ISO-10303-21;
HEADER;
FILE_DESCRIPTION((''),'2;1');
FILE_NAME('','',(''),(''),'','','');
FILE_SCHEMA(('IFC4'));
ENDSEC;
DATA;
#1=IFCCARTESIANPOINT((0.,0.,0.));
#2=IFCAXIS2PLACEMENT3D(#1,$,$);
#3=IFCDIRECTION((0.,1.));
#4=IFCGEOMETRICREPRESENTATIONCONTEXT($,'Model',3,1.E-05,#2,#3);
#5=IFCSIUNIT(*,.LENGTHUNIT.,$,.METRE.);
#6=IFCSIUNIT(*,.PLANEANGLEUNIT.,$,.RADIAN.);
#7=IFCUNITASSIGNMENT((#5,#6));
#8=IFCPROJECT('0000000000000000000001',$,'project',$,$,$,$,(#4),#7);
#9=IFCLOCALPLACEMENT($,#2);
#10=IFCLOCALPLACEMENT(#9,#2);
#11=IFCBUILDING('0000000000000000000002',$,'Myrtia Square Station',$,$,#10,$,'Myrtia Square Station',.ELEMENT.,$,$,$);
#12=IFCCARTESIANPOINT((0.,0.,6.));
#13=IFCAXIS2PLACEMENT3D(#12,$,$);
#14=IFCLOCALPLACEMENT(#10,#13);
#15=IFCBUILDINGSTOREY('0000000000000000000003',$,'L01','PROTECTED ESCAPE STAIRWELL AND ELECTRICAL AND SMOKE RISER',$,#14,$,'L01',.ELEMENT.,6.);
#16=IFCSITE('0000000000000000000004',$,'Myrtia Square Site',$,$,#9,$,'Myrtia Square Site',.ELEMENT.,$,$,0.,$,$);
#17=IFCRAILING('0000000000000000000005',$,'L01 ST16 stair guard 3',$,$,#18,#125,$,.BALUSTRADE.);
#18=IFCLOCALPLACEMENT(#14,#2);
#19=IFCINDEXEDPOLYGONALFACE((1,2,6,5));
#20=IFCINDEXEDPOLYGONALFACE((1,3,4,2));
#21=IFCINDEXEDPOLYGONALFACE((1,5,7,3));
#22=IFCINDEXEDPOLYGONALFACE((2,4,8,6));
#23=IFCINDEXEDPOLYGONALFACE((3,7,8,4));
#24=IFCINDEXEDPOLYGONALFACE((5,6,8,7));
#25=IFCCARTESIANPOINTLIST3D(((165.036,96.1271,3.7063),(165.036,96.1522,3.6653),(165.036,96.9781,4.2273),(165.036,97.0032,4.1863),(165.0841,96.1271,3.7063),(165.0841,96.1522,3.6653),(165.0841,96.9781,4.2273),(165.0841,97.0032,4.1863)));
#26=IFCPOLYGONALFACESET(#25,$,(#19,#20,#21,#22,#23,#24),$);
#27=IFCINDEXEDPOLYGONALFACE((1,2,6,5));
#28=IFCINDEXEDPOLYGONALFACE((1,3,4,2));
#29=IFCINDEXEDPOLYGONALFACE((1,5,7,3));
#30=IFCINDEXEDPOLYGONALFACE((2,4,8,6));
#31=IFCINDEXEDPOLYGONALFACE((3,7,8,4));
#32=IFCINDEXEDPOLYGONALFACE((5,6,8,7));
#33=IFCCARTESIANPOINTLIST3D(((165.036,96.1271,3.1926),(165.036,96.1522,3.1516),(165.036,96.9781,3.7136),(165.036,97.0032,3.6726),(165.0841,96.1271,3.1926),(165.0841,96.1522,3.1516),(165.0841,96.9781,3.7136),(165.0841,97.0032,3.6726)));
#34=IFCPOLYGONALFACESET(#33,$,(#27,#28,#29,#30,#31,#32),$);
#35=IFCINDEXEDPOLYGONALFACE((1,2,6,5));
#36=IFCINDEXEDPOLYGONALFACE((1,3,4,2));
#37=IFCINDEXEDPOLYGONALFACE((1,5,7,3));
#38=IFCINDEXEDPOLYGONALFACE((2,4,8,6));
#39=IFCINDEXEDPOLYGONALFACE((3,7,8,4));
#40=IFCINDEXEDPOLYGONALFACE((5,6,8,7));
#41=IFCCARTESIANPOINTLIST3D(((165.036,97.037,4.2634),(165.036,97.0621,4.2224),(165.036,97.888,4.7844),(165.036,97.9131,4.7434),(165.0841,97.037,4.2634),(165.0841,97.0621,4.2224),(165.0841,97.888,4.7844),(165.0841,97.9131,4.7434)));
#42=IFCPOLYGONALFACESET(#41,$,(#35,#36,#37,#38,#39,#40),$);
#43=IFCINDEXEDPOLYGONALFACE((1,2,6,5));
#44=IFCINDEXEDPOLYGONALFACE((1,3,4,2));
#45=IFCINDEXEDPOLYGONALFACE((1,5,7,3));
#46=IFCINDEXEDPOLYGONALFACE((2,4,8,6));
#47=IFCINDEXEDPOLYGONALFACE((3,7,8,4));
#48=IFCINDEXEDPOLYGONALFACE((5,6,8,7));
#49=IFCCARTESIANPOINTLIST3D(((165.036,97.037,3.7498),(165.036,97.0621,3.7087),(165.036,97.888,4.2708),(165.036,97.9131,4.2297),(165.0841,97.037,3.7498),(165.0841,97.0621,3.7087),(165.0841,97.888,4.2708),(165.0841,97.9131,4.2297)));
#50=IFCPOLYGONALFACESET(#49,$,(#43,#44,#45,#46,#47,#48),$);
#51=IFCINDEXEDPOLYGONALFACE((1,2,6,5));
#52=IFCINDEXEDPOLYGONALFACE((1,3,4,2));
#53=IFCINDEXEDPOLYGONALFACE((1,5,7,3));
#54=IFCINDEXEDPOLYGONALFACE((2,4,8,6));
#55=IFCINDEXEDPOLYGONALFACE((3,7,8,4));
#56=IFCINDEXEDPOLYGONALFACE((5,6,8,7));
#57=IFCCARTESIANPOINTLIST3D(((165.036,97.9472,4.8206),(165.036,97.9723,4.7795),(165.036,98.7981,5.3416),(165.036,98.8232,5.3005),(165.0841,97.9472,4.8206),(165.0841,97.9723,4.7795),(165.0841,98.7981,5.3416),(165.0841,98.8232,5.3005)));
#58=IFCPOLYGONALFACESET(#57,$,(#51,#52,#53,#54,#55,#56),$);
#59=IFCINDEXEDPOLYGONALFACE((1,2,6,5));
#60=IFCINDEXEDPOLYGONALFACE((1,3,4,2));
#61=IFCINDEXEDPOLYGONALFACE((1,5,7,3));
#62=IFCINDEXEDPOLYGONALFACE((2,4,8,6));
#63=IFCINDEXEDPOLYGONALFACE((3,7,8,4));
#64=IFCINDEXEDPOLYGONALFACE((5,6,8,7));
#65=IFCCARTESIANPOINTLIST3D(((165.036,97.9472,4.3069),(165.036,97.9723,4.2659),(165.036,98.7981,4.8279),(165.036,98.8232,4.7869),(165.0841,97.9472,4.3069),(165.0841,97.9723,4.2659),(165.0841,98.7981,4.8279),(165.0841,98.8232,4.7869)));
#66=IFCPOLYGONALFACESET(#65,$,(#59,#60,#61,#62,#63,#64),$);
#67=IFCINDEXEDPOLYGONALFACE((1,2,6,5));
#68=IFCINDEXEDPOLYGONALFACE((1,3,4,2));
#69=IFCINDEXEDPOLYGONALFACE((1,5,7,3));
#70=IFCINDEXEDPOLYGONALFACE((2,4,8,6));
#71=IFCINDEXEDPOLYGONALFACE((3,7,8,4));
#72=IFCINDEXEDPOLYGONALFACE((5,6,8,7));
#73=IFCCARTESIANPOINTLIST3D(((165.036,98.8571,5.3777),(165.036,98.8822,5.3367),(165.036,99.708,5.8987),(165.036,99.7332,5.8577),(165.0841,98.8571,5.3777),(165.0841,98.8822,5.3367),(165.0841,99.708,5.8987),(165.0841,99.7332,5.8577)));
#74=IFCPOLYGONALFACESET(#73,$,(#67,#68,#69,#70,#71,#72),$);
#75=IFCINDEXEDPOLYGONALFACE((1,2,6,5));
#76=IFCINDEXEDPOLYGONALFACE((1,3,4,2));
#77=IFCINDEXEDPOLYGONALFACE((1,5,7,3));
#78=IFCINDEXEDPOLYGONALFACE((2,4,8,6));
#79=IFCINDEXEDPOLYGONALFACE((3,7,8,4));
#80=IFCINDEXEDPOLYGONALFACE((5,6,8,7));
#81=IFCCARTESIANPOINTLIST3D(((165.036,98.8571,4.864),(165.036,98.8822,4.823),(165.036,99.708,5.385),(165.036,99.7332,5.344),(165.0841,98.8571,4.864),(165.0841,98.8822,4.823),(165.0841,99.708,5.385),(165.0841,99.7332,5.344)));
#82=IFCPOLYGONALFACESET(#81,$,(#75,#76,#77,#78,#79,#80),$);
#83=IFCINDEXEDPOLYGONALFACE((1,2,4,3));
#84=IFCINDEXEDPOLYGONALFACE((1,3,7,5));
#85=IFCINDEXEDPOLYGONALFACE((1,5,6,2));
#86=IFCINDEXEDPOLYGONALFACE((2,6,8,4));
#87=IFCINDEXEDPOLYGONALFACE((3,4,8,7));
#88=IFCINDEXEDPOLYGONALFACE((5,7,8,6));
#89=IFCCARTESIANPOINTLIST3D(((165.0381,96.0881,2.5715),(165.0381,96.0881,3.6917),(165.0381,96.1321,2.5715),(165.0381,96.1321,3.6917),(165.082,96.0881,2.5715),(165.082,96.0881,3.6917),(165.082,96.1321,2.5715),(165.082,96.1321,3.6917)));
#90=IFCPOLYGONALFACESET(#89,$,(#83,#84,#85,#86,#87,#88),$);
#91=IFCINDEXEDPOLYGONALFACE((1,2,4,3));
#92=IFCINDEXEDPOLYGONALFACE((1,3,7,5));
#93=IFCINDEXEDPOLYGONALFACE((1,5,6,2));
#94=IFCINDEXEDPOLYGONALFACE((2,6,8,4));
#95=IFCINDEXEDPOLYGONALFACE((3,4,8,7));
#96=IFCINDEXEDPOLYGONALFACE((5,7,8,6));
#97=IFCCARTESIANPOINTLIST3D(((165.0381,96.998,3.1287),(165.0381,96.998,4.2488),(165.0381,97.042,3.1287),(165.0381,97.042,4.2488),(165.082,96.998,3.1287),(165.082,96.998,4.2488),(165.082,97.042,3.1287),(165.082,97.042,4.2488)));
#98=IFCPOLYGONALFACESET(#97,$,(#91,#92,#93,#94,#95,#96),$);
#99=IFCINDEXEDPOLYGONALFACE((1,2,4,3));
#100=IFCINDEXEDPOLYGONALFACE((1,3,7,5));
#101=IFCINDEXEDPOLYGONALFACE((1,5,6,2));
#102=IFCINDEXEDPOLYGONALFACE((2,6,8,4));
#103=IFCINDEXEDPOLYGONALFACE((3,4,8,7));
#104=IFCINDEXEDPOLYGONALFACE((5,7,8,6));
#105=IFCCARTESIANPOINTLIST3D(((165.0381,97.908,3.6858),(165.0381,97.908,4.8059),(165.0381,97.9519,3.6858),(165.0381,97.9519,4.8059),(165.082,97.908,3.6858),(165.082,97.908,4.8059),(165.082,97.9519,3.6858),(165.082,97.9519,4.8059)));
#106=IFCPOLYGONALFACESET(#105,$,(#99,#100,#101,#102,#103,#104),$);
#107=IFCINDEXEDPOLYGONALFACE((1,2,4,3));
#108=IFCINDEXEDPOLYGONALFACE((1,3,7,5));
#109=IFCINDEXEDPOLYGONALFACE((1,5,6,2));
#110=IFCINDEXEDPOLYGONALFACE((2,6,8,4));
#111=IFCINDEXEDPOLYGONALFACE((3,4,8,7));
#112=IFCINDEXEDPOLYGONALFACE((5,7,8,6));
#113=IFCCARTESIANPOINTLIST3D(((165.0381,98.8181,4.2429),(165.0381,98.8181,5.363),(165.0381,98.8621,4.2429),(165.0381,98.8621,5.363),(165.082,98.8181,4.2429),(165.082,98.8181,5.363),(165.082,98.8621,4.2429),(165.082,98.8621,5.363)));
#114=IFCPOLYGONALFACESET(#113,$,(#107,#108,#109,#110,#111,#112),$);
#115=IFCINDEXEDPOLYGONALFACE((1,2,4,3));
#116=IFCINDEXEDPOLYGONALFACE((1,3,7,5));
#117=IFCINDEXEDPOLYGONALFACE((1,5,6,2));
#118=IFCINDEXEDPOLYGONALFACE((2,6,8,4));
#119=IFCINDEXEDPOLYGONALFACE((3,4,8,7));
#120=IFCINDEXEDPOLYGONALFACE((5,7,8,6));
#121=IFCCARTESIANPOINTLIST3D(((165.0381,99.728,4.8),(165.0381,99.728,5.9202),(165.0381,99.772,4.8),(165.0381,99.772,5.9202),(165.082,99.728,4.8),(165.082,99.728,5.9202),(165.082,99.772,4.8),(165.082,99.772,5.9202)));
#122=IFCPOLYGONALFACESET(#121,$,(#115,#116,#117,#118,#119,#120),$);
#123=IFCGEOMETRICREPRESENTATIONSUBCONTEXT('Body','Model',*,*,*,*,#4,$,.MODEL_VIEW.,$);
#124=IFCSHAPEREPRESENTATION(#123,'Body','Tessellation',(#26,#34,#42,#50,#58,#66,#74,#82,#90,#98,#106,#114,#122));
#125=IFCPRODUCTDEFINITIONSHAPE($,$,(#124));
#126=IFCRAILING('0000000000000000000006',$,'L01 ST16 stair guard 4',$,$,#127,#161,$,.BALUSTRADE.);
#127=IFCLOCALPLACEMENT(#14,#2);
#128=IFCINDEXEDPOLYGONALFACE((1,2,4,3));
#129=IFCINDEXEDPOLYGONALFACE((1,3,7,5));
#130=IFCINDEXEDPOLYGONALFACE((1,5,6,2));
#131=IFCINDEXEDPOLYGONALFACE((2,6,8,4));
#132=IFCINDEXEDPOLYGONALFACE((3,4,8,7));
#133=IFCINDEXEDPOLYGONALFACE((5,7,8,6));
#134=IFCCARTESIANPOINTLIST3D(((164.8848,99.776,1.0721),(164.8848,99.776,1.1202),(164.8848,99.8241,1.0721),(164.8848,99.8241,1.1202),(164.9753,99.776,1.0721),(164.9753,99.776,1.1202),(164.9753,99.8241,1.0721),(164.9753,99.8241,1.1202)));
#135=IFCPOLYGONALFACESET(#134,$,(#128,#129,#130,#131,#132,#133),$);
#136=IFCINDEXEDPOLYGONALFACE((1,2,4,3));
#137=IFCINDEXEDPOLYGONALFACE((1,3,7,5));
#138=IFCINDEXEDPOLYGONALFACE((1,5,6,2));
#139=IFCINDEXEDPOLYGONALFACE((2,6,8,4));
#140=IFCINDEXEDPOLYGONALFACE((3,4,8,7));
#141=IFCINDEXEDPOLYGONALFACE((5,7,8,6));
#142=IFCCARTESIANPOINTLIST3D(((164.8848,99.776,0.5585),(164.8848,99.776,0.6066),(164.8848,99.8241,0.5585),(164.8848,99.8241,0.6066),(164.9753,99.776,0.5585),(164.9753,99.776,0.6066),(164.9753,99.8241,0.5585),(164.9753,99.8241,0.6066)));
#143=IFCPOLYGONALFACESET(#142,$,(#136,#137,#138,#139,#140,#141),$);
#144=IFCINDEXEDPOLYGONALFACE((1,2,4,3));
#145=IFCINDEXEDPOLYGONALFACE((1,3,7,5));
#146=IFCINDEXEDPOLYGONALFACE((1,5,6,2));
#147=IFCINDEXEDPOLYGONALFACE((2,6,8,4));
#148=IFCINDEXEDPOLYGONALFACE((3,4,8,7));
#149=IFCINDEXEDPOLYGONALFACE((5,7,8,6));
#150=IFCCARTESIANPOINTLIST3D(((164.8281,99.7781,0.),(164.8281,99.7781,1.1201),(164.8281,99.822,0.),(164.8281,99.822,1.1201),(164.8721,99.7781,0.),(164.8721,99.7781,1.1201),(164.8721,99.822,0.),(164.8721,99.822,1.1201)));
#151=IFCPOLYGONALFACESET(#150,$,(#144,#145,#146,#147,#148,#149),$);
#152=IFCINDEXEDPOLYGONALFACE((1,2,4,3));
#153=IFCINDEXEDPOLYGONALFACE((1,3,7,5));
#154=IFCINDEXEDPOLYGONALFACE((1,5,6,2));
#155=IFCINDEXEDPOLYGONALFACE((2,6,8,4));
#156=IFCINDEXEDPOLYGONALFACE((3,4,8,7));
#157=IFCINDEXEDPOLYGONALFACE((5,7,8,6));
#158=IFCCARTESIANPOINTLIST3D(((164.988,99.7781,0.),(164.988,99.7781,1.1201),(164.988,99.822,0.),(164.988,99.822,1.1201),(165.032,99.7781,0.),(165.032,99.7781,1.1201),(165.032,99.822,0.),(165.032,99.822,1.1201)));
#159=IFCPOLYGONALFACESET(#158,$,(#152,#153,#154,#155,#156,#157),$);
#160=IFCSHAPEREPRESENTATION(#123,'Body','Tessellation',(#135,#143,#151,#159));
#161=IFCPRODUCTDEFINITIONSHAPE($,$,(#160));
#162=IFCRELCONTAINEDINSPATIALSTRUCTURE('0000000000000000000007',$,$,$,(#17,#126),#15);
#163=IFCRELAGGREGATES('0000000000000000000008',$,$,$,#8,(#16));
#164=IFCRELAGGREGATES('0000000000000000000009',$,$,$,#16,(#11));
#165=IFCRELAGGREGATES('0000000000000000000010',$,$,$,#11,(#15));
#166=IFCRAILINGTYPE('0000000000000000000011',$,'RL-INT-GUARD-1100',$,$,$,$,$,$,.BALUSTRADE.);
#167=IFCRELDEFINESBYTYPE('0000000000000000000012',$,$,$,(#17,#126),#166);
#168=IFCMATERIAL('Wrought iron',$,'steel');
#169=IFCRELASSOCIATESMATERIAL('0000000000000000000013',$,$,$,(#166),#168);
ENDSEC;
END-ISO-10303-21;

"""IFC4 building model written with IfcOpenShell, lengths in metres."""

from ifc_helpers import new_model, si_unit, direction, frame, origin, origin_2d, place, context, subcontext, project, spatial, rectangle, extrude, material, type_object, element, save


model = new_model("IFC4")

# Units and contexts
model_context = context("Model", 3, precision=1e-05, world=origin(), true_north=direction((0.0, 1.0)))
body_context = subcontext(model_context, "Body", "Model", "MODEL_VIEW")
ifc_project = project(units=[si_unit("LENGTHUNIT", "METRE"), si_unit("PLANEANGLEUNIT", "RADIAN")], contexts=[model_context])

# Site, building, storey
site_placement = place(None, origin())
site = spatial("IfcSite", under=ifc_project, at=site_placement, Name="Myrtia Square Site", LongName="Myrtia Square Site", CompositionType="ELEMENT", RefElevation=0.0)
building_placement = place(site_placement, origin())
building = spatial("IfcBuilding", under=site, at=building_placement, Name="Myrtia Square Station", LongName="Myrtia Square Station", CompositionType="ELEMENT")
storey_placement = place(building_placement, frame((0.0, 0.0, 6.0)))
storey = spatial("IfcBuildingStorey", under=building, at=storey_placement, Name="L01", Description="PROTECTED ESCAPE STAIRWELL AND ELECTRICAL AND SMOKE RISER", LongName="L01", CompositionType="ELEMENT", Elevation=6.0)

# Railings
ifc_material_1 = material(Name="Wrought iron", Category="steel")
railing_type_1 = type_object("IfcRailingType", Name="RL-INT-GUARD-1100", PredefinedType="BALUSTRADE", material=ifc_material_1)
railing_1_placement = place(storey_placement, frame((165.0601, 96.1101, 2.5715)))
element("IfcRailing", 1, at=railing_1_placement, inside=storey, type_object=railing_type_1, Name="L01 ST16 stair guard 3", PredefinedType="BALUSTRADE", context=body_context, shape_type="SweptSolid", body=[
    extrude(rectangle(XDim=0.0481, YDim=0.0481, at=origin_2d()), frame((0.0, 0.0295, 1.1143), z_axis=(0.0, 0.85285, 0.522156), x_axis=(-1.0, 0.0, 0.0)), (0.0, 0.0, 1.0), 0.9978),
    extrude(rectangle(XDim=0.0481, YDim=0.0481, at=origin_2d()), frame((0.0, 0.0295, 0.6006), z_axis=(0.0, 0.85285, 0.522156), x_axis=(-1.0, 0.0, 0.0)), (0.0, 0.0, 1.0), 0.9978),
    extrude(rectangle(XDim=0.0481, YDim=0.0481, at=origin_2d()), frame((0.0, 0.9395, 1.6714), z_axis=(0.0, 0.85285, 0.522156), x_axis=(-1.0, 0.0, 0.0)), (0.0, 0.0, 1.0), 0.9978),
    extrude(rectangle(XDim=0.0481, YDim=0.0481, at=origin_2d()), frame((0.0, 0.9395, 1.1577), z_axis=(0.0, 0.85285, 0.522156), x_axis=(-1.0, 0.0, 0.0)), (0.0, 0.0, 1.0), 0.9978),
    extrude(rectangle(XDim=0.0481, YDim=0.0481, at=origin_2d()), frame((0.0, 1.8496, 2.2285), z_axis=(0.0, 0.85285, 0.522156), x_axis=(-1.0, 0.0, 0.0)), (0.0, 0.0, 1.0), 0.9978),
    extrude(rectangle(XDim=0.0481, YDim=0.0481, at=origin_2d()), frame((0.0, 1.8496, 1.7148), z_axis=(0.0, 0.85285, 0.522156), x_axis=(-1.0, 0.0, 0.0)), (0.0, 0.0, 1.0), 0.9978),
    extrude(rectangle(XDim=0.0481, YDim=0.0481, at=origin_2d()), frame((0.0, 2.7595, 2.7856), z_axis=(0.0, 0.85285, 0.522156), x_axis=(-1.0, 0.0, 0.0)), (0.0, 0.0, 1.0), 0.9978),
    extrude(rectangle(XDim=0.0481, YDim=0.0481, at=origin_2d()), frame((0.0, 2.7595, 2.272), z_axis=(0.0, 0.85285, 0.522156), x_axis=(-1.0, 0.0, 0.0)), (0.0, 0.0, 1.0), 0.9978),
    extrude(rectangle(XDim=0.0439, YDim=0.0439, at=origin_2d()), origin(), (0.0, 0.0, 1.0), 1.1201),
    extrude(rectangle(XDim=0.0439, YDim=0.0439, at=origin_2d()), frame((0.0, 0.9099, 0.5571)), (0.0, 0.0, 1.0), 1.1201),
    extrude(rectangle(XDim=0.0439, YDim=0.0439, at=origin_2d()), frame((0.0, 1.8198, 1.1143)), (0.0, 0.0, 1.0), 1.1201),
    extrude(rectangle(XDim=0.0439, YDim=0.0439, at=origin_2d()), frame((0.0, 2.73, 1.6714)), (0.0, 0.0, 1.0), 1.1201),
    extrude(rectangle(XDim=0.0439, YDim=0.0439, at=origin_2d()), frame((0.0, 3.6399, 2.2285)), (0.0, 0.0, 1.0), 1.1201),
])
railing_2_placement = place(storey_placement, frame((164.8501, 99.8, 0.0)))
element("IfcRailing", 2, at=railing_2_placement, inside=storey, type_object=railing_type_1, Name="L01 ST16 stair guard 4", PredefinedType="BALUSTRADE", context=body_context, shape_type="SweptSolid", body=[
    extrude(rectangle(XDim=0.0481, YDim=0.0481, at=origin_2d()), frame((0.0347, 0.0, 1.0962), z_axis=(1.0, 0.0, 0.0), x_axis=(0.0, 1.0, 0.0)), (0.0, 0.0, 1.0), 0.0906),
    extrude(rectangle(XDim=0.0481, YDim=0.0481, at=origin_2d()), frame((0.0347, 0.0, 0.5825), z_axis=(1.0, 0.0, 0.0), x_axis=(0.0, 1.0, 0.0)), (0.0, 0.0, 1.0), 0.0906),
    extrude(rectangle(XDim=0.0439, YDim=0.0439, at=origin_2d()), origin(), (0.0, 0.0, 1.0), 1.1201),
    extrude(rectangle(XDim=0.0439, YDim=0.0439, at=origin_2d()), frame((0.1599, 0.0, 0.0)), (0.0, 0.0, 1.0), 1.1201),
])

save(model, "model.ifc")
